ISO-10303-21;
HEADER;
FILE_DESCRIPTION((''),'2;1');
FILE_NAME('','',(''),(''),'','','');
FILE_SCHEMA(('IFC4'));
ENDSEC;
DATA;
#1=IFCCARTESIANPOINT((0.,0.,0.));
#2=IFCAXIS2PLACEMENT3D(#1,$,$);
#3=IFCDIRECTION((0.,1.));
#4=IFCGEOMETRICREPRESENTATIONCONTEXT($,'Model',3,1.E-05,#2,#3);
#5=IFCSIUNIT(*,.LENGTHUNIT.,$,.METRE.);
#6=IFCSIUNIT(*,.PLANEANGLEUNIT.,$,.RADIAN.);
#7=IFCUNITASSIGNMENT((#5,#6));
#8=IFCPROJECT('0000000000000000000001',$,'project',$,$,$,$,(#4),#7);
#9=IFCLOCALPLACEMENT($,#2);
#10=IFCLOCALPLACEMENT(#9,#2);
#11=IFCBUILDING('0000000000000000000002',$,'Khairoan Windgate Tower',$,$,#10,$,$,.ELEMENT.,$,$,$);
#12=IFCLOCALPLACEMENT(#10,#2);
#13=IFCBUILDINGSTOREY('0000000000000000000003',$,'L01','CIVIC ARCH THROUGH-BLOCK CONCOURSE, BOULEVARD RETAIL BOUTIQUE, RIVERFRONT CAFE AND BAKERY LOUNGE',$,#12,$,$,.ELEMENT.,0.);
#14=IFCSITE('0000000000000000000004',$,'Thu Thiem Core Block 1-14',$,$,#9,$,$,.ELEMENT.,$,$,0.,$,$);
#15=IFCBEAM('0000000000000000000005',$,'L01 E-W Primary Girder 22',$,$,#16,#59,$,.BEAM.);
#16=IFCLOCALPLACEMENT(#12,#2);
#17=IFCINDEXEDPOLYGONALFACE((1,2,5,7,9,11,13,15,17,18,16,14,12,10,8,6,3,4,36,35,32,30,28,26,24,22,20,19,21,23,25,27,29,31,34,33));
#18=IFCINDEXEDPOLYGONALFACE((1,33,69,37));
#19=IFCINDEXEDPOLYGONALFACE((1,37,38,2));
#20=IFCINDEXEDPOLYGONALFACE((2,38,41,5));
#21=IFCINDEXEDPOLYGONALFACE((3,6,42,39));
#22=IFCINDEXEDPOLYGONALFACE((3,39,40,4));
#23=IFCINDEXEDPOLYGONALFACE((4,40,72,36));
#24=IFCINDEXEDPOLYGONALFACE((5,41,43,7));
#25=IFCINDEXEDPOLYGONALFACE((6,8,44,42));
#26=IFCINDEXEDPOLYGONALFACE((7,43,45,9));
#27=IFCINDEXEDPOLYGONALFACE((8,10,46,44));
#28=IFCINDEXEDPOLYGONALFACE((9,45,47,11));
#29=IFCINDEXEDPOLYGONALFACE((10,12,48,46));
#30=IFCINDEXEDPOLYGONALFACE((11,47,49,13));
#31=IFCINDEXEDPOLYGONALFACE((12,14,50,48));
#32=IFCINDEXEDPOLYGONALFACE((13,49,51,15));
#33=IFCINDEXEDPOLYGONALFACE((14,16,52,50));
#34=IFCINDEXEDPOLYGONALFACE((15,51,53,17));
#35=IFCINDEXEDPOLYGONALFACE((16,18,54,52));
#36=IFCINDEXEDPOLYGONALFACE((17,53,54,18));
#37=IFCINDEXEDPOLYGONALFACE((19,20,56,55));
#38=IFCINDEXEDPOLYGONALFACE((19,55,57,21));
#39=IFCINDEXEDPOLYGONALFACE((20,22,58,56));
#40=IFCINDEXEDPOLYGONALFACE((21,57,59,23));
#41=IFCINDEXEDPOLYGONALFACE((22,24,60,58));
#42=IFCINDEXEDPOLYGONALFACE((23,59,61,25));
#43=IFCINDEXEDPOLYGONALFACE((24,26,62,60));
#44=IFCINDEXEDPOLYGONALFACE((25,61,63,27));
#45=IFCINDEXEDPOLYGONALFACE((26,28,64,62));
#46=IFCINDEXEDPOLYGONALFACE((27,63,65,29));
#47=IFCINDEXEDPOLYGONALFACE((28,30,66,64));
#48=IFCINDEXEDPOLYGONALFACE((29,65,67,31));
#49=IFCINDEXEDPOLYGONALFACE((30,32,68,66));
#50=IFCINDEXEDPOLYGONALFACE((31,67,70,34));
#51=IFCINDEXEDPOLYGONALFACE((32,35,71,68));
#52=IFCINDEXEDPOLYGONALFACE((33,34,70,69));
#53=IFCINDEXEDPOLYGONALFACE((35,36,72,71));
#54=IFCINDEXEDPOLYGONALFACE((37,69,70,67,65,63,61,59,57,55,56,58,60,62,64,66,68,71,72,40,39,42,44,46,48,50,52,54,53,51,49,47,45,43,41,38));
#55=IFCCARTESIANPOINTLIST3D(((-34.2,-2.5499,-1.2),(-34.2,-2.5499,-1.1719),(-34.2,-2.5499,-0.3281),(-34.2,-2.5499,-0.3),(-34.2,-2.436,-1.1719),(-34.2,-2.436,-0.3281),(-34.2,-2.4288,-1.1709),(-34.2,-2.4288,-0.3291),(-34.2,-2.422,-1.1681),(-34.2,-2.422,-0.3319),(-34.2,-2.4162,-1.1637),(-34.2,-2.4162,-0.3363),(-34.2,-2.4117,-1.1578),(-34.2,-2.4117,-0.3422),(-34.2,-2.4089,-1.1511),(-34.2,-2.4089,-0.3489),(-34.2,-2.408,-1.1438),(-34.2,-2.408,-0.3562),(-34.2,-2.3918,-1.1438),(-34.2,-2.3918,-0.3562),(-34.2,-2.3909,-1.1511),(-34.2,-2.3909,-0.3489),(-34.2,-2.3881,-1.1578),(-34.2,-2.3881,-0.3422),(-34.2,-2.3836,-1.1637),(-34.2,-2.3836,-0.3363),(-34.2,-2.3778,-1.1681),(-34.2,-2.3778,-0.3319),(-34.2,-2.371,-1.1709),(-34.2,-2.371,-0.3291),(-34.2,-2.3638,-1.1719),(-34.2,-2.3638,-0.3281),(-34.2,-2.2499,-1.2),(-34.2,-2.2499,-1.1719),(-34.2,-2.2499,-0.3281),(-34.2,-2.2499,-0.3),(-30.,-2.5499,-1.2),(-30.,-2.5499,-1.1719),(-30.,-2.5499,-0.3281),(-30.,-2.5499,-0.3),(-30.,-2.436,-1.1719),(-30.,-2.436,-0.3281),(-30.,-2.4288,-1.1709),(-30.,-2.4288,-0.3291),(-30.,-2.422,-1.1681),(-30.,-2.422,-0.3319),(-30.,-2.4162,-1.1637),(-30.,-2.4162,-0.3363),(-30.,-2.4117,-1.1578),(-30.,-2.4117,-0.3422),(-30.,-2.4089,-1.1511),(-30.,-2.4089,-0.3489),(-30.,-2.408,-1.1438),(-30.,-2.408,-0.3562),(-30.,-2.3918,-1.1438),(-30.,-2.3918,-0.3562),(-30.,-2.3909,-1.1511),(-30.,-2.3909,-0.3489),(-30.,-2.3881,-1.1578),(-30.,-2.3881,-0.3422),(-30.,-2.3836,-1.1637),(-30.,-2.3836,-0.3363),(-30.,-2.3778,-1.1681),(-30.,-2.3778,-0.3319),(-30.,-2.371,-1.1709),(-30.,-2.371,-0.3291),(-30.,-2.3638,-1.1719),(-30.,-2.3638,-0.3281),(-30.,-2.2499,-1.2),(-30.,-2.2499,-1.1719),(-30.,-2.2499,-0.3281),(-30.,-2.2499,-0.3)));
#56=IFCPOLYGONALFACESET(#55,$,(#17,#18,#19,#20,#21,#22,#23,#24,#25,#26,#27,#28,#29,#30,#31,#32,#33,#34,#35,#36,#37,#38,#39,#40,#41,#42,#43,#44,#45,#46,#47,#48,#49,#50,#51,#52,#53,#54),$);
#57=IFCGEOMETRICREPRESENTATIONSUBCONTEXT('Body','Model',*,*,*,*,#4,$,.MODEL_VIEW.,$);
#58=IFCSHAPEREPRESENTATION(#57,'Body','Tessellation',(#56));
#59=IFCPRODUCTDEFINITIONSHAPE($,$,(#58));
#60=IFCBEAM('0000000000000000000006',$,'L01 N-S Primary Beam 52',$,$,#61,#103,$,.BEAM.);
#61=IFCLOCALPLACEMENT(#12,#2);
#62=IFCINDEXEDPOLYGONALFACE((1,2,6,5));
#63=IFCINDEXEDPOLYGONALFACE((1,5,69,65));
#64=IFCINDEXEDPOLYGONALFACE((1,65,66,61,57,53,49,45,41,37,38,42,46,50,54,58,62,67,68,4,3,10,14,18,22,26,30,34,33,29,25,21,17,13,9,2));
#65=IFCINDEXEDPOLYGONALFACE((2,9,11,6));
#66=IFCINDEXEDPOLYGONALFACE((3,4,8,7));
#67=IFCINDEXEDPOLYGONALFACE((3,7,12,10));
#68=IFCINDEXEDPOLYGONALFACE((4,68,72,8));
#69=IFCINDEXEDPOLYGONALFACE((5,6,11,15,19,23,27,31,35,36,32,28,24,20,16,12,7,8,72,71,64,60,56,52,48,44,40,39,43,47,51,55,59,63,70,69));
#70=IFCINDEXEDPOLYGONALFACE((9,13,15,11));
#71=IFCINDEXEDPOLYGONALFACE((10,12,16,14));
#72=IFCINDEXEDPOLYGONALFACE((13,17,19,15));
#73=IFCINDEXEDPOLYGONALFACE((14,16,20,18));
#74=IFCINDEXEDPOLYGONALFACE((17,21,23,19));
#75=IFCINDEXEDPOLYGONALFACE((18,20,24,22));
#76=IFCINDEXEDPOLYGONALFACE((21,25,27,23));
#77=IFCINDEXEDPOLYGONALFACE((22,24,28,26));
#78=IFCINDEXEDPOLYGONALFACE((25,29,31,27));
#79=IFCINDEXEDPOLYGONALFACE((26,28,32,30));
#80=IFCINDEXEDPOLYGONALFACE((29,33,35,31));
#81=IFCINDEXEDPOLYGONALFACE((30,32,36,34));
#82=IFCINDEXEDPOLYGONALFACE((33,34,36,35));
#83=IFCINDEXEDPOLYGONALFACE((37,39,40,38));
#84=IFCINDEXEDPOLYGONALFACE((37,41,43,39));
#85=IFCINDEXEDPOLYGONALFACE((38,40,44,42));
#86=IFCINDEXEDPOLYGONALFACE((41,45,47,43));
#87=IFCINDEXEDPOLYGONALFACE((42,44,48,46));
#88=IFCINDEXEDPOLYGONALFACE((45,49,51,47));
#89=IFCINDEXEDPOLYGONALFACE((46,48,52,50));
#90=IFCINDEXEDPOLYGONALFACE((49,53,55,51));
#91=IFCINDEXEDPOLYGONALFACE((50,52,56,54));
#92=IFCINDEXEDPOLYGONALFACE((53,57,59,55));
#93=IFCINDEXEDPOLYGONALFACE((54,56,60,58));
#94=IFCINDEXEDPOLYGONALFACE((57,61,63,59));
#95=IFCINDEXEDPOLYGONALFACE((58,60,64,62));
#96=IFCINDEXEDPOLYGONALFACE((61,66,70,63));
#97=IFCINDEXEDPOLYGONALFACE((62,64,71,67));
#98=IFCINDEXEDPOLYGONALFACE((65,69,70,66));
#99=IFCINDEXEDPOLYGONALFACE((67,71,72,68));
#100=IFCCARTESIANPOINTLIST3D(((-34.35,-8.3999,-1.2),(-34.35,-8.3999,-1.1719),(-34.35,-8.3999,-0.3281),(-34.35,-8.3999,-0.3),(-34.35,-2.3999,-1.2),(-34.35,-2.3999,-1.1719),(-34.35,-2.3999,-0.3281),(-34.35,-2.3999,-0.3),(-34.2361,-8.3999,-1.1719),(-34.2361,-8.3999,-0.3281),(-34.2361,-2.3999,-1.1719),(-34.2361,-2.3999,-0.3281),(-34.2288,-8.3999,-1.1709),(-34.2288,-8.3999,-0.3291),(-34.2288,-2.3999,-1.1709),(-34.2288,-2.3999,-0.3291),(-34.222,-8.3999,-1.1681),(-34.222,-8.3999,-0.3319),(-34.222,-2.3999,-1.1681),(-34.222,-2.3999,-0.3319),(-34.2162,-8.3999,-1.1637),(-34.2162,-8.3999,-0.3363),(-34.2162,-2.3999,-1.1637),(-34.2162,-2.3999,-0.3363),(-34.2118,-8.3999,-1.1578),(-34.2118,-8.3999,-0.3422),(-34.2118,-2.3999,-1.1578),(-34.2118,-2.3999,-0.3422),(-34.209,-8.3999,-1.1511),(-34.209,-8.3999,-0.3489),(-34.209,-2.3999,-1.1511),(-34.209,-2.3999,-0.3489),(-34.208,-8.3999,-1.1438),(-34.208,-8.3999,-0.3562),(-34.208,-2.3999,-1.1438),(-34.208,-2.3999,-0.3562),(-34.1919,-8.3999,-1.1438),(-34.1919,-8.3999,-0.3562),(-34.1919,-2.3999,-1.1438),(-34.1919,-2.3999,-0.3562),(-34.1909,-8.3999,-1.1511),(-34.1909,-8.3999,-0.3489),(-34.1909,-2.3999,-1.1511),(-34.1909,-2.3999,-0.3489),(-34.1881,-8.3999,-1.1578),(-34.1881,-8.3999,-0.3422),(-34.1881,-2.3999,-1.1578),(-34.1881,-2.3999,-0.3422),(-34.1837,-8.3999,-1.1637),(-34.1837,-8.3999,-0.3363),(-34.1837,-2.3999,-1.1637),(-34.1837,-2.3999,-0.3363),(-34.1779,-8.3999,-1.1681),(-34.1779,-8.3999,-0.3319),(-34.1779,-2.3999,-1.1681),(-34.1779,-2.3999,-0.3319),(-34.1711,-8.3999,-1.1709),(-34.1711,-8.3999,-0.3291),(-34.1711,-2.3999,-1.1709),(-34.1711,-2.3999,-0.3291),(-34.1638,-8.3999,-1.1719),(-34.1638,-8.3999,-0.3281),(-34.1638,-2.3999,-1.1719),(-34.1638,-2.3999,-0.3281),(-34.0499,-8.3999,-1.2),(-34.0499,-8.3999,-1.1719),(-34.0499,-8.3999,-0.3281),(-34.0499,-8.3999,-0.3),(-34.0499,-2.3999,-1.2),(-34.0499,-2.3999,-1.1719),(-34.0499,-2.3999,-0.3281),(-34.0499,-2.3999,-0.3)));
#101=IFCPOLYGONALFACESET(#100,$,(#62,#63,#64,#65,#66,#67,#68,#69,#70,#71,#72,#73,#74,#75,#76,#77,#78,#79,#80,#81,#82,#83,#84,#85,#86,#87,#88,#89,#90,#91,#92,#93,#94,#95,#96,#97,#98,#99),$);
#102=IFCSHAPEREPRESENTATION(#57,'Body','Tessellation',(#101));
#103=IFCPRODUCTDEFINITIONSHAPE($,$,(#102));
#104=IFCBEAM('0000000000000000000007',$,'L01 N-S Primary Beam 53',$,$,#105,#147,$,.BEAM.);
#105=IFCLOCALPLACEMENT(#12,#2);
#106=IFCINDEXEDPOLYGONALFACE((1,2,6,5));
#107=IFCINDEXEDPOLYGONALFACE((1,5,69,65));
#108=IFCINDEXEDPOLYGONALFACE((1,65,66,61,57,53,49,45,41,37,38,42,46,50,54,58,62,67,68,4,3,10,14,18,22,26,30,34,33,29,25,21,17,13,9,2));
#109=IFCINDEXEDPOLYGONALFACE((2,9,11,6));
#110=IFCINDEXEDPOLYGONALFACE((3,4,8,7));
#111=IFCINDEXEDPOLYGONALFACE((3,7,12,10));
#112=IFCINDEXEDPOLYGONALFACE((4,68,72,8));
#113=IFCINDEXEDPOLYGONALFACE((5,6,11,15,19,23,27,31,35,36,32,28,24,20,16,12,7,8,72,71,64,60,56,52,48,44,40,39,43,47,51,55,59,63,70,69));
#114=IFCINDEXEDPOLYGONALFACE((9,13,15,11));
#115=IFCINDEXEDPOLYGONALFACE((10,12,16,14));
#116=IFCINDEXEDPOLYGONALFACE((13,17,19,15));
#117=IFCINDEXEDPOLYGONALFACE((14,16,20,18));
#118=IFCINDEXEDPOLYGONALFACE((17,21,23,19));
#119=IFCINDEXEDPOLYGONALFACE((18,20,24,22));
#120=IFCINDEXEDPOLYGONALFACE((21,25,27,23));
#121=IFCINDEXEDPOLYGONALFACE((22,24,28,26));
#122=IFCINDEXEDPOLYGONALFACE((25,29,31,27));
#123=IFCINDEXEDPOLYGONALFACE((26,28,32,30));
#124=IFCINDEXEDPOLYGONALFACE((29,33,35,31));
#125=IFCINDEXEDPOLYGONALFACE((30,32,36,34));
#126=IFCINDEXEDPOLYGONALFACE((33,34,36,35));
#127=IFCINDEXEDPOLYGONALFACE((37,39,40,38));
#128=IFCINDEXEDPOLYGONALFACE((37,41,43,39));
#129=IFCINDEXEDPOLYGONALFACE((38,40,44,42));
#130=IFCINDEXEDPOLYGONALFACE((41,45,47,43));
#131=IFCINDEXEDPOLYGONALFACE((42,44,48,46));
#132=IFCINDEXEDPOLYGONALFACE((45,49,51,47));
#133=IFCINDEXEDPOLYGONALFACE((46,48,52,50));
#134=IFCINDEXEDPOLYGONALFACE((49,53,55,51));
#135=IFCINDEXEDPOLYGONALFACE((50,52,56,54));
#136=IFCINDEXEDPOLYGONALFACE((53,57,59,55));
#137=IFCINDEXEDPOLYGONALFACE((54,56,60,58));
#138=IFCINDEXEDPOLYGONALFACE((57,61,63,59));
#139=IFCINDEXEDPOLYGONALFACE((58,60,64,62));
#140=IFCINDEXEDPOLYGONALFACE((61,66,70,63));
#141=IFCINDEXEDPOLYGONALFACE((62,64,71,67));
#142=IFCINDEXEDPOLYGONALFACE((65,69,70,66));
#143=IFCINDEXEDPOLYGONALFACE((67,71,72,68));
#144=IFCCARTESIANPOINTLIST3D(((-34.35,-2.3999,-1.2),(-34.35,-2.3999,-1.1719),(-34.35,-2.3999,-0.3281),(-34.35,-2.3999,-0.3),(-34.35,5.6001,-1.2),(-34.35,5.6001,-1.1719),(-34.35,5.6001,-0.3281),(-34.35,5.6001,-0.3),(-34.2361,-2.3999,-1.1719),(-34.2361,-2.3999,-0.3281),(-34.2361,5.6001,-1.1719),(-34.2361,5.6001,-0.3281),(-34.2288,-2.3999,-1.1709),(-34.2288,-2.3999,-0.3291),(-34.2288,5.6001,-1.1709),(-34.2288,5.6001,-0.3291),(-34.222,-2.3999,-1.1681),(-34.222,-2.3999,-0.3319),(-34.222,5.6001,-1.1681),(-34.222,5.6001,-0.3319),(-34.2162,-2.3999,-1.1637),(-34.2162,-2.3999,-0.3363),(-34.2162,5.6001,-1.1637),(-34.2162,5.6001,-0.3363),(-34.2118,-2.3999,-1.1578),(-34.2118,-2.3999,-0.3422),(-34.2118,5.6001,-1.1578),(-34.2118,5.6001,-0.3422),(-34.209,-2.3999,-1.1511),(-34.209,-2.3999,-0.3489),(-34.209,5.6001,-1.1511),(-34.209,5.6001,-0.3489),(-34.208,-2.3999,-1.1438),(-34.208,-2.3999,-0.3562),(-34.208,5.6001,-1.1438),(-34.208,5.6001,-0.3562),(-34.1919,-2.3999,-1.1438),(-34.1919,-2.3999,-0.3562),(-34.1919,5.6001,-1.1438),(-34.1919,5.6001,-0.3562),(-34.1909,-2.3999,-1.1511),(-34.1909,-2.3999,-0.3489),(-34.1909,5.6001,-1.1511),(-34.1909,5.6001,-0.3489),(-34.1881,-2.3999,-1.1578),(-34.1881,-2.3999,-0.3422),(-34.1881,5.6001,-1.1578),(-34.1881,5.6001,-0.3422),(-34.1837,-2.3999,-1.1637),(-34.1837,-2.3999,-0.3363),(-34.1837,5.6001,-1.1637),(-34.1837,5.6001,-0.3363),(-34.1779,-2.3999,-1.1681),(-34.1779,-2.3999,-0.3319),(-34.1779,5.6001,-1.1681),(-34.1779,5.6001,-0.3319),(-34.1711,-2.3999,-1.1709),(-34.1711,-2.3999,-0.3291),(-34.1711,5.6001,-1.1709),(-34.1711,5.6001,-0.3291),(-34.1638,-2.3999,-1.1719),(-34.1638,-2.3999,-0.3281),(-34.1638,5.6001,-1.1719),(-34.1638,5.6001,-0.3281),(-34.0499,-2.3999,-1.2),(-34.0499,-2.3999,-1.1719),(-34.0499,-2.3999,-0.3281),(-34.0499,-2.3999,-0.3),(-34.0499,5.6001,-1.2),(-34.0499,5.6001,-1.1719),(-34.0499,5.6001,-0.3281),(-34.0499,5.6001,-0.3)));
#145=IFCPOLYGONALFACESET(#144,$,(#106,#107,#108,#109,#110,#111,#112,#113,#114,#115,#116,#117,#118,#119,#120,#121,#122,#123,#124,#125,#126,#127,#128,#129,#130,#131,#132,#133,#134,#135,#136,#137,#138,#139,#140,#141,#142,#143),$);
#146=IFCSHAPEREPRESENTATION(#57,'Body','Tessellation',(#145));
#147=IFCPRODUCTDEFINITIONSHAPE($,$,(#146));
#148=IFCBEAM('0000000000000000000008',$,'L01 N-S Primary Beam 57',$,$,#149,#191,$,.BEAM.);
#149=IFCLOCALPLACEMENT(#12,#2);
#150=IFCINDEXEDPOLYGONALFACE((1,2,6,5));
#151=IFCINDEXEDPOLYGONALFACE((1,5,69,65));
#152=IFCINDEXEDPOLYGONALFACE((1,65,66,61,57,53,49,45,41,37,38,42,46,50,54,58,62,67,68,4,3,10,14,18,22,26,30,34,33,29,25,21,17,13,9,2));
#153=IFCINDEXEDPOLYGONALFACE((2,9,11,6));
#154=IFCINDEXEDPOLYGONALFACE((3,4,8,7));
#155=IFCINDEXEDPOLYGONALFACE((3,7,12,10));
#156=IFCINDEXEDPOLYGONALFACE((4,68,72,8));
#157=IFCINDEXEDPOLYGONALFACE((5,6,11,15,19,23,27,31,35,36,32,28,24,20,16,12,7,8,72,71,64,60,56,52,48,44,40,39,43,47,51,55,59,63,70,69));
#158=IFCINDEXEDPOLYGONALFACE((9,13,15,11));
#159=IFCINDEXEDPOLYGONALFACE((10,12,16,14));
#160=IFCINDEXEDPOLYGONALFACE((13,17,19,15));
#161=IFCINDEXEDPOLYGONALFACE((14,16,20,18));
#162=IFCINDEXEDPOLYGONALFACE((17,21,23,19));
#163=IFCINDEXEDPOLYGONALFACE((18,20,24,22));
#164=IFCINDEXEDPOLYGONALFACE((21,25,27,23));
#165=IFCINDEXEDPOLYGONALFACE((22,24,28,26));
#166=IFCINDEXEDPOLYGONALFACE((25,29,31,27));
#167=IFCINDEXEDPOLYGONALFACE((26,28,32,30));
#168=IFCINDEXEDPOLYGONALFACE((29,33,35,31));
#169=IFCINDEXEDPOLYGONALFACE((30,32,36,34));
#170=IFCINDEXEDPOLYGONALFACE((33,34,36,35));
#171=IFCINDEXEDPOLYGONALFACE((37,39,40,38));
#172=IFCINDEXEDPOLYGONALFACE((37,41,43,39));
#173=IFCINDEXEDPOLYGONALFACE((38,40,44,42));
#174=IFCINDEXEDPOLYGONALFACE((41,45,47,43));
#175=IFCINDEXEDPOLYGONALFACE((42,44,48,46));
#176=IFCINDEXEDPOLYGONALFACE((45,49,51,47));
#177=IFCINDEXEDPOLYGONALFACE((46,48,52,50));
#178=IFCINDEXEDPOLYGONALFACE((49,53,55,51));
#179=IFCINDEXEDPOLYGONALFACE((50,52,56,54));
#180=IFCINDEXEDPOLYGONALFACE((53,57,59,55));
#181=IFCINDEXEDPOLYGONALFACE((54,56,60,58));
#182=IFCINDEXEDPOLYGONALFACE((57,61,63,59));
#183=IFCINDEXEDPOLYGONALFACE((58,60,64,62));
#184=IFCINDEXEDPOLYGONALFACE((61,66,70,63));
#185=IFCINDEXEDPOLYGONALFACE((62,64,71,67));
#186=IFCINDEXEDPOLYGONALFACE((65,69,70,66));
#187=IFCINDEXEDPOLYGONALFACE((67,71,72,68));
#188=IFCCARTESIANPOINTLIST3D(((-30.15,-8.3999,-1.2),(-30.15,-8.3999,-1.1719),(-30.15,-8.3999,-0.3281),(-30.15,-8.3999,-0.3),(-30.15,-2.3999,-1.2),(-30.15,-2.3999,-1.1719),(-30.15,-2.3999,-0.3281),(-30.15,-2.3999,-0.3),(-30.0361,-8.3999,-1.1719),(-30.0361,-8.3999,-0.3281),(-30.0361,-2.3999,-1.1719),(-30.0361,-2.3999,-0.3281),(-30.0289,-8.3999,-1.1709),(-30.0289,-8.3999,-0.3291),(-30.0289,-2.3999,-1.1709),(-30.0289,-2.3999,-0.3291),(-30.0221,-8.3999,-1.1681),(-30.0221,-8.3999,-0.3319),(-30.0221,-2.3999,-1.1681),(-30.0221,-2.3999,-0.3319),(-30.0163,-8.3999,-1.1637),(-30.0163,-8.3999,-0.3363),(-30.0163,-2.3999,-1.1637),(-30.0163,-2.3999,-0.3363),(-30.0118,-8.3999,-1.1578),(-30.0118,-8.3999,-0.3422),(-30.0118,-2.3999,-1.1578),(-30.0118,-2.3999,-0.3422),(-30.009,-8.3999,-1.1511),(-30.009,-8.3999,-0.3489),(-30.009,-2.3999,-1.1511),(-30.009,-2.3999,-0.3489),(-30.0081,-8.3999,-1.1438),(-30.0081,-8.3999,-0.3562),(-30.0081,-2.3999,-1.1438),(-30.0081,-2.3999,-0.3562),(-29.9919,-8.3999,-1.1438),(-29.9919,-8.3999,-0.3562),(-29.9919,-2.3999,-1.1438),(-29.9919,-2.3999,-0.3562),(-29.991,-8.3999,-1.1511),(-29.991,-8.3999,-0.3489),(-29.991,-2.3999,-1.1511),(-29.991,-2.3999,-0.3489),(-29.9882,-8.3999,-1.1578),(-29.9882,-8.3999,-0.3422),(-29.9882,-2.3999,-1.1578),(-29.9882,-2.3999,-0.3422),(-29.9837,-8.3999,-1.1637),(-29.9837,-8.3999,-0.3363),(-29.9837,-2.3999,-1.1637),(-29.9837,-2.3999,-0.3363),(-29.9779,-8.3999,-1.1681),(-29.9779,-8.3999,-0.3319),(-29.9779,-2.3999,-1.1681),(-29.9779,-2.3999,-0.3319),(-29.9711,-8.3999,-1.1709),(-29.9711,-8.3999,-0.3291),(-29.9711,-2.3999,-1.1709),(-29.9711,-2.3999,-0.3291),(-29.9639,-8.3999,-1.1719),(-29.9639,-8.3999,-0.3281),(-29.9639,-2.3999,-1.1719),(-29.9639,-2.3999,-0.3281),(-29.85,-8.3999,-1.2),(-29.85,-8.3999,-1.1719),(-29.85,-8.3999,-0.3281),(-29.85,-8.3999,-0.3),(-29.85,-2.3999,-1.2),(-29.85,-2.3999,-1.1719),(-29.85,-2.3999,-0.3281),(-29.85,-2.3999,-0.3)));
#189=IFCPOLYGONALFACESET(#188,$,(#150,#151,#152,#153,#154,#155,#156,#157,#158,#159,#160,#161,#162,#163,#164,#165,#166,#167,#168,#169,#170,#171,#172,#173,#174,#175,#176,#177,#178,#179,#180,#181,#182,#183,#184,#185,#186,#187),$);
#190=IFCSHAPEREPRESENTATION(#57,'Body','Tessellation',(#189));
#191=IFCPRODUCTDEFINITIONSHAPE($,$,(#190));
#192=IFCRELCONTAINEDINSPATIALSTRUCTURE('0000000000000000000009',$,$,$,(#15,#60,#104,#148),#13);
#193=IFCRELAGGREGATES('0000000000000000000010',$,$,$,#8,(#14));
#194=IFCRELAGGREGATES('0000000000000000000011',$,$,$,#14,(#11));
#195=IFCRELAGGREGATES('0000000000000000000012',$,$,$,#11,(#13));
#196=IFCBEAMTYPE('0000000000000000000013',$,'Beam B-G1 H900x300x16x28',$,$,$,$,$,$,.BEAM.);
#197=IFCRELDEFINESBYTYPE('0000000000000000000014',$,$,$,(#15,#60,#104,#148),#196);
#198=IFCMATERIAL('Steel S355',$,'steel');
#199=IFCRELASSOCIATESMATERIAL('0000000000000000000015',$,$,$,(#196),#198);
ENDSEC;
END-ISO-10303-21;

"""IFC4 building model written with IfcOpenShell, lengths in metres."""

from ifc_helpers import new_model, si_unit, direction, frame, origin, origin_2d, place, context, subcontext, project, spatial, i_section, extrude, material, material_profile, profile_set, type_object, element, save


model = new_model("IFC4")

# Units and contexts
model_context = context("Model", 3, precision=1e-05, world=origin(), true_north=direction((0.0, 1.0)))
body_context = subcontext(model_context, "Body", "Model", "MODEL_VIEW")
ifc_project = project(units=[si_unit("LENGTHUNIT", "METRE"), si_unit("PLANEANGLEUNIT", "RADIAN")], contexts=[model_context])

# Site, building, storey
site_placement = place(None, origin())
site = spatial("IfcSite", under=ifc_project, at=site_placement, Name="Thu Thiem Core Block 1-14", CompositionType="ELEMENT", RefElevation=0.0)
building_placement = place(site_placement, origin())
building = spatial("IfcBuilding", under=site, at=building_placement, Name="Khairoan Windgate Tower", CompositionType="ELEMENT")
storey_placement = place(building_placement, origin())
storey = spatial("IfcBuildingStorey", under=building, at=storey_placement, Name="L01", Description="CIVIC ARCH THROUGH-BLOCK CONCOURSE, BOULEVARD RETAIL BOUTIQUE, RIVERFRONT CAFE AND BAKERY LOUNGE", CompositionType="ELEMENT", Elevation=0.0)

# Beams
ifc_material_1 = material(Name="Steel S355", Category="steel")
ifc_material_profile_1 = material_profile(ifc_material_1, i_section(OverallWidth=0.3, OverallDepth=0.8999, WebThickness=0.0161, FlangeThickness=0.0281, FilletRadius=0.0281, at=origin_2d()))
ifc_profile_set_1 = profile_set([ifc_material_profile_1], Name="Steel S355")
beam_type_1 = type_object("IfcBeamType", Name="Beam B-G1 H900x300x16x28", PredefinedType="BEAM", material=ifc_profile_set_1)
for number, where, z_axis, x_axis, name in (
    (1, (-34.2, -2.3999, -0.75), (1.0, 0.0, 0.0), (0.0, 1.0, 0.0), "L01 E-W Primary Girder 22"),
):
    element("IfcBeam", number, at=place(storey_placement, frame(where, z_axis=z_axis, x_axis=x_axis)), inside=storey, type_object=beam_type_1, Name=name, PredefinedType="BEAM", context=body_context, shape_type="SweptSolid", body=[
        extrude(i_section(OverallWidth=0.3, OverallDepth=0.8999, WebThickness=0.0161, FlangeThickness=0.0281, FilletRadius=0.0281, at=origin_2d()), origin(), (0.0, 0.0, 1.0), 4.2),
    ])
beam_1_placement = place(storey_placement, frame((-34.2, -8.3999, -0.75), z_axis=(0.0, 1.0, 0.0), x_axis=(-1.0, 0.0, 0.0)))
element("IfcBeam", 2, at=beam_1_placement, inside=storey, type_object=beam_type_1, Name="L01 N-S Primary Beam 52", PredefinedType="BEAM", context=body_context, shape_type="SweptSolid", body=[
    extrude(i_section(OverallWidth=0.3, OverallDepth=0.8999, WebThickness=0.0161, FlangeThickness=0.0281, FilletRadius=0.0281, at=origin_2d()), origin(), (0.0, 0.0, 1.0), 6.0),
])
beam_2_placement = place(storey_placement, frame((-34.2, -2.3999, -0.75), z_axis=(0.0, 1.0, 0.0), x_axis=(-1.0, 0.0, 0.0)))
element("IfcBeam", 3, at=beam_2_placement, inside=storey, type_object=beam_type_1, Name="L01 N-S Primary Beam 53", PredefinedType="BEAM", context=body_context, shape_type="SweptSolid", body=[
    extrude(i_section(OverallWidth=0.3, OverallDepth=0.8999, WebThickness=0.0161, FlangeThickness=0.0281, FilletRadius=0.0281, at=origin_2d()), origin(), (0.0, 0.0, 1.0), 8.0),
])
beam_3_placement = place(storey_placement, frame((-30.0, -8.3999, -0.75), z_axis=(0.0, 1.0, 0.0), x_axis=(-1.0, 0.0, 0.0)))
element("IfcBeam", 4, at=beam_3_placement, inside=storey, type_object=beam_type_1, Name="L01 N-S Primary Beam 57", PredefinedType="BEAM", context=body_context, shape_type="SweptSolid", body=[
    extrude(i_section(OverallWidth=0.3, OverallDepth=0.8999, WebThickness=0.0161, FlangeThickness=0.0281, FilletRadius=0.0281, at=origin_2d()), origin(), (0.0, 0.0, 1.0), 6.0),
])

save(model, "model.ifc")
